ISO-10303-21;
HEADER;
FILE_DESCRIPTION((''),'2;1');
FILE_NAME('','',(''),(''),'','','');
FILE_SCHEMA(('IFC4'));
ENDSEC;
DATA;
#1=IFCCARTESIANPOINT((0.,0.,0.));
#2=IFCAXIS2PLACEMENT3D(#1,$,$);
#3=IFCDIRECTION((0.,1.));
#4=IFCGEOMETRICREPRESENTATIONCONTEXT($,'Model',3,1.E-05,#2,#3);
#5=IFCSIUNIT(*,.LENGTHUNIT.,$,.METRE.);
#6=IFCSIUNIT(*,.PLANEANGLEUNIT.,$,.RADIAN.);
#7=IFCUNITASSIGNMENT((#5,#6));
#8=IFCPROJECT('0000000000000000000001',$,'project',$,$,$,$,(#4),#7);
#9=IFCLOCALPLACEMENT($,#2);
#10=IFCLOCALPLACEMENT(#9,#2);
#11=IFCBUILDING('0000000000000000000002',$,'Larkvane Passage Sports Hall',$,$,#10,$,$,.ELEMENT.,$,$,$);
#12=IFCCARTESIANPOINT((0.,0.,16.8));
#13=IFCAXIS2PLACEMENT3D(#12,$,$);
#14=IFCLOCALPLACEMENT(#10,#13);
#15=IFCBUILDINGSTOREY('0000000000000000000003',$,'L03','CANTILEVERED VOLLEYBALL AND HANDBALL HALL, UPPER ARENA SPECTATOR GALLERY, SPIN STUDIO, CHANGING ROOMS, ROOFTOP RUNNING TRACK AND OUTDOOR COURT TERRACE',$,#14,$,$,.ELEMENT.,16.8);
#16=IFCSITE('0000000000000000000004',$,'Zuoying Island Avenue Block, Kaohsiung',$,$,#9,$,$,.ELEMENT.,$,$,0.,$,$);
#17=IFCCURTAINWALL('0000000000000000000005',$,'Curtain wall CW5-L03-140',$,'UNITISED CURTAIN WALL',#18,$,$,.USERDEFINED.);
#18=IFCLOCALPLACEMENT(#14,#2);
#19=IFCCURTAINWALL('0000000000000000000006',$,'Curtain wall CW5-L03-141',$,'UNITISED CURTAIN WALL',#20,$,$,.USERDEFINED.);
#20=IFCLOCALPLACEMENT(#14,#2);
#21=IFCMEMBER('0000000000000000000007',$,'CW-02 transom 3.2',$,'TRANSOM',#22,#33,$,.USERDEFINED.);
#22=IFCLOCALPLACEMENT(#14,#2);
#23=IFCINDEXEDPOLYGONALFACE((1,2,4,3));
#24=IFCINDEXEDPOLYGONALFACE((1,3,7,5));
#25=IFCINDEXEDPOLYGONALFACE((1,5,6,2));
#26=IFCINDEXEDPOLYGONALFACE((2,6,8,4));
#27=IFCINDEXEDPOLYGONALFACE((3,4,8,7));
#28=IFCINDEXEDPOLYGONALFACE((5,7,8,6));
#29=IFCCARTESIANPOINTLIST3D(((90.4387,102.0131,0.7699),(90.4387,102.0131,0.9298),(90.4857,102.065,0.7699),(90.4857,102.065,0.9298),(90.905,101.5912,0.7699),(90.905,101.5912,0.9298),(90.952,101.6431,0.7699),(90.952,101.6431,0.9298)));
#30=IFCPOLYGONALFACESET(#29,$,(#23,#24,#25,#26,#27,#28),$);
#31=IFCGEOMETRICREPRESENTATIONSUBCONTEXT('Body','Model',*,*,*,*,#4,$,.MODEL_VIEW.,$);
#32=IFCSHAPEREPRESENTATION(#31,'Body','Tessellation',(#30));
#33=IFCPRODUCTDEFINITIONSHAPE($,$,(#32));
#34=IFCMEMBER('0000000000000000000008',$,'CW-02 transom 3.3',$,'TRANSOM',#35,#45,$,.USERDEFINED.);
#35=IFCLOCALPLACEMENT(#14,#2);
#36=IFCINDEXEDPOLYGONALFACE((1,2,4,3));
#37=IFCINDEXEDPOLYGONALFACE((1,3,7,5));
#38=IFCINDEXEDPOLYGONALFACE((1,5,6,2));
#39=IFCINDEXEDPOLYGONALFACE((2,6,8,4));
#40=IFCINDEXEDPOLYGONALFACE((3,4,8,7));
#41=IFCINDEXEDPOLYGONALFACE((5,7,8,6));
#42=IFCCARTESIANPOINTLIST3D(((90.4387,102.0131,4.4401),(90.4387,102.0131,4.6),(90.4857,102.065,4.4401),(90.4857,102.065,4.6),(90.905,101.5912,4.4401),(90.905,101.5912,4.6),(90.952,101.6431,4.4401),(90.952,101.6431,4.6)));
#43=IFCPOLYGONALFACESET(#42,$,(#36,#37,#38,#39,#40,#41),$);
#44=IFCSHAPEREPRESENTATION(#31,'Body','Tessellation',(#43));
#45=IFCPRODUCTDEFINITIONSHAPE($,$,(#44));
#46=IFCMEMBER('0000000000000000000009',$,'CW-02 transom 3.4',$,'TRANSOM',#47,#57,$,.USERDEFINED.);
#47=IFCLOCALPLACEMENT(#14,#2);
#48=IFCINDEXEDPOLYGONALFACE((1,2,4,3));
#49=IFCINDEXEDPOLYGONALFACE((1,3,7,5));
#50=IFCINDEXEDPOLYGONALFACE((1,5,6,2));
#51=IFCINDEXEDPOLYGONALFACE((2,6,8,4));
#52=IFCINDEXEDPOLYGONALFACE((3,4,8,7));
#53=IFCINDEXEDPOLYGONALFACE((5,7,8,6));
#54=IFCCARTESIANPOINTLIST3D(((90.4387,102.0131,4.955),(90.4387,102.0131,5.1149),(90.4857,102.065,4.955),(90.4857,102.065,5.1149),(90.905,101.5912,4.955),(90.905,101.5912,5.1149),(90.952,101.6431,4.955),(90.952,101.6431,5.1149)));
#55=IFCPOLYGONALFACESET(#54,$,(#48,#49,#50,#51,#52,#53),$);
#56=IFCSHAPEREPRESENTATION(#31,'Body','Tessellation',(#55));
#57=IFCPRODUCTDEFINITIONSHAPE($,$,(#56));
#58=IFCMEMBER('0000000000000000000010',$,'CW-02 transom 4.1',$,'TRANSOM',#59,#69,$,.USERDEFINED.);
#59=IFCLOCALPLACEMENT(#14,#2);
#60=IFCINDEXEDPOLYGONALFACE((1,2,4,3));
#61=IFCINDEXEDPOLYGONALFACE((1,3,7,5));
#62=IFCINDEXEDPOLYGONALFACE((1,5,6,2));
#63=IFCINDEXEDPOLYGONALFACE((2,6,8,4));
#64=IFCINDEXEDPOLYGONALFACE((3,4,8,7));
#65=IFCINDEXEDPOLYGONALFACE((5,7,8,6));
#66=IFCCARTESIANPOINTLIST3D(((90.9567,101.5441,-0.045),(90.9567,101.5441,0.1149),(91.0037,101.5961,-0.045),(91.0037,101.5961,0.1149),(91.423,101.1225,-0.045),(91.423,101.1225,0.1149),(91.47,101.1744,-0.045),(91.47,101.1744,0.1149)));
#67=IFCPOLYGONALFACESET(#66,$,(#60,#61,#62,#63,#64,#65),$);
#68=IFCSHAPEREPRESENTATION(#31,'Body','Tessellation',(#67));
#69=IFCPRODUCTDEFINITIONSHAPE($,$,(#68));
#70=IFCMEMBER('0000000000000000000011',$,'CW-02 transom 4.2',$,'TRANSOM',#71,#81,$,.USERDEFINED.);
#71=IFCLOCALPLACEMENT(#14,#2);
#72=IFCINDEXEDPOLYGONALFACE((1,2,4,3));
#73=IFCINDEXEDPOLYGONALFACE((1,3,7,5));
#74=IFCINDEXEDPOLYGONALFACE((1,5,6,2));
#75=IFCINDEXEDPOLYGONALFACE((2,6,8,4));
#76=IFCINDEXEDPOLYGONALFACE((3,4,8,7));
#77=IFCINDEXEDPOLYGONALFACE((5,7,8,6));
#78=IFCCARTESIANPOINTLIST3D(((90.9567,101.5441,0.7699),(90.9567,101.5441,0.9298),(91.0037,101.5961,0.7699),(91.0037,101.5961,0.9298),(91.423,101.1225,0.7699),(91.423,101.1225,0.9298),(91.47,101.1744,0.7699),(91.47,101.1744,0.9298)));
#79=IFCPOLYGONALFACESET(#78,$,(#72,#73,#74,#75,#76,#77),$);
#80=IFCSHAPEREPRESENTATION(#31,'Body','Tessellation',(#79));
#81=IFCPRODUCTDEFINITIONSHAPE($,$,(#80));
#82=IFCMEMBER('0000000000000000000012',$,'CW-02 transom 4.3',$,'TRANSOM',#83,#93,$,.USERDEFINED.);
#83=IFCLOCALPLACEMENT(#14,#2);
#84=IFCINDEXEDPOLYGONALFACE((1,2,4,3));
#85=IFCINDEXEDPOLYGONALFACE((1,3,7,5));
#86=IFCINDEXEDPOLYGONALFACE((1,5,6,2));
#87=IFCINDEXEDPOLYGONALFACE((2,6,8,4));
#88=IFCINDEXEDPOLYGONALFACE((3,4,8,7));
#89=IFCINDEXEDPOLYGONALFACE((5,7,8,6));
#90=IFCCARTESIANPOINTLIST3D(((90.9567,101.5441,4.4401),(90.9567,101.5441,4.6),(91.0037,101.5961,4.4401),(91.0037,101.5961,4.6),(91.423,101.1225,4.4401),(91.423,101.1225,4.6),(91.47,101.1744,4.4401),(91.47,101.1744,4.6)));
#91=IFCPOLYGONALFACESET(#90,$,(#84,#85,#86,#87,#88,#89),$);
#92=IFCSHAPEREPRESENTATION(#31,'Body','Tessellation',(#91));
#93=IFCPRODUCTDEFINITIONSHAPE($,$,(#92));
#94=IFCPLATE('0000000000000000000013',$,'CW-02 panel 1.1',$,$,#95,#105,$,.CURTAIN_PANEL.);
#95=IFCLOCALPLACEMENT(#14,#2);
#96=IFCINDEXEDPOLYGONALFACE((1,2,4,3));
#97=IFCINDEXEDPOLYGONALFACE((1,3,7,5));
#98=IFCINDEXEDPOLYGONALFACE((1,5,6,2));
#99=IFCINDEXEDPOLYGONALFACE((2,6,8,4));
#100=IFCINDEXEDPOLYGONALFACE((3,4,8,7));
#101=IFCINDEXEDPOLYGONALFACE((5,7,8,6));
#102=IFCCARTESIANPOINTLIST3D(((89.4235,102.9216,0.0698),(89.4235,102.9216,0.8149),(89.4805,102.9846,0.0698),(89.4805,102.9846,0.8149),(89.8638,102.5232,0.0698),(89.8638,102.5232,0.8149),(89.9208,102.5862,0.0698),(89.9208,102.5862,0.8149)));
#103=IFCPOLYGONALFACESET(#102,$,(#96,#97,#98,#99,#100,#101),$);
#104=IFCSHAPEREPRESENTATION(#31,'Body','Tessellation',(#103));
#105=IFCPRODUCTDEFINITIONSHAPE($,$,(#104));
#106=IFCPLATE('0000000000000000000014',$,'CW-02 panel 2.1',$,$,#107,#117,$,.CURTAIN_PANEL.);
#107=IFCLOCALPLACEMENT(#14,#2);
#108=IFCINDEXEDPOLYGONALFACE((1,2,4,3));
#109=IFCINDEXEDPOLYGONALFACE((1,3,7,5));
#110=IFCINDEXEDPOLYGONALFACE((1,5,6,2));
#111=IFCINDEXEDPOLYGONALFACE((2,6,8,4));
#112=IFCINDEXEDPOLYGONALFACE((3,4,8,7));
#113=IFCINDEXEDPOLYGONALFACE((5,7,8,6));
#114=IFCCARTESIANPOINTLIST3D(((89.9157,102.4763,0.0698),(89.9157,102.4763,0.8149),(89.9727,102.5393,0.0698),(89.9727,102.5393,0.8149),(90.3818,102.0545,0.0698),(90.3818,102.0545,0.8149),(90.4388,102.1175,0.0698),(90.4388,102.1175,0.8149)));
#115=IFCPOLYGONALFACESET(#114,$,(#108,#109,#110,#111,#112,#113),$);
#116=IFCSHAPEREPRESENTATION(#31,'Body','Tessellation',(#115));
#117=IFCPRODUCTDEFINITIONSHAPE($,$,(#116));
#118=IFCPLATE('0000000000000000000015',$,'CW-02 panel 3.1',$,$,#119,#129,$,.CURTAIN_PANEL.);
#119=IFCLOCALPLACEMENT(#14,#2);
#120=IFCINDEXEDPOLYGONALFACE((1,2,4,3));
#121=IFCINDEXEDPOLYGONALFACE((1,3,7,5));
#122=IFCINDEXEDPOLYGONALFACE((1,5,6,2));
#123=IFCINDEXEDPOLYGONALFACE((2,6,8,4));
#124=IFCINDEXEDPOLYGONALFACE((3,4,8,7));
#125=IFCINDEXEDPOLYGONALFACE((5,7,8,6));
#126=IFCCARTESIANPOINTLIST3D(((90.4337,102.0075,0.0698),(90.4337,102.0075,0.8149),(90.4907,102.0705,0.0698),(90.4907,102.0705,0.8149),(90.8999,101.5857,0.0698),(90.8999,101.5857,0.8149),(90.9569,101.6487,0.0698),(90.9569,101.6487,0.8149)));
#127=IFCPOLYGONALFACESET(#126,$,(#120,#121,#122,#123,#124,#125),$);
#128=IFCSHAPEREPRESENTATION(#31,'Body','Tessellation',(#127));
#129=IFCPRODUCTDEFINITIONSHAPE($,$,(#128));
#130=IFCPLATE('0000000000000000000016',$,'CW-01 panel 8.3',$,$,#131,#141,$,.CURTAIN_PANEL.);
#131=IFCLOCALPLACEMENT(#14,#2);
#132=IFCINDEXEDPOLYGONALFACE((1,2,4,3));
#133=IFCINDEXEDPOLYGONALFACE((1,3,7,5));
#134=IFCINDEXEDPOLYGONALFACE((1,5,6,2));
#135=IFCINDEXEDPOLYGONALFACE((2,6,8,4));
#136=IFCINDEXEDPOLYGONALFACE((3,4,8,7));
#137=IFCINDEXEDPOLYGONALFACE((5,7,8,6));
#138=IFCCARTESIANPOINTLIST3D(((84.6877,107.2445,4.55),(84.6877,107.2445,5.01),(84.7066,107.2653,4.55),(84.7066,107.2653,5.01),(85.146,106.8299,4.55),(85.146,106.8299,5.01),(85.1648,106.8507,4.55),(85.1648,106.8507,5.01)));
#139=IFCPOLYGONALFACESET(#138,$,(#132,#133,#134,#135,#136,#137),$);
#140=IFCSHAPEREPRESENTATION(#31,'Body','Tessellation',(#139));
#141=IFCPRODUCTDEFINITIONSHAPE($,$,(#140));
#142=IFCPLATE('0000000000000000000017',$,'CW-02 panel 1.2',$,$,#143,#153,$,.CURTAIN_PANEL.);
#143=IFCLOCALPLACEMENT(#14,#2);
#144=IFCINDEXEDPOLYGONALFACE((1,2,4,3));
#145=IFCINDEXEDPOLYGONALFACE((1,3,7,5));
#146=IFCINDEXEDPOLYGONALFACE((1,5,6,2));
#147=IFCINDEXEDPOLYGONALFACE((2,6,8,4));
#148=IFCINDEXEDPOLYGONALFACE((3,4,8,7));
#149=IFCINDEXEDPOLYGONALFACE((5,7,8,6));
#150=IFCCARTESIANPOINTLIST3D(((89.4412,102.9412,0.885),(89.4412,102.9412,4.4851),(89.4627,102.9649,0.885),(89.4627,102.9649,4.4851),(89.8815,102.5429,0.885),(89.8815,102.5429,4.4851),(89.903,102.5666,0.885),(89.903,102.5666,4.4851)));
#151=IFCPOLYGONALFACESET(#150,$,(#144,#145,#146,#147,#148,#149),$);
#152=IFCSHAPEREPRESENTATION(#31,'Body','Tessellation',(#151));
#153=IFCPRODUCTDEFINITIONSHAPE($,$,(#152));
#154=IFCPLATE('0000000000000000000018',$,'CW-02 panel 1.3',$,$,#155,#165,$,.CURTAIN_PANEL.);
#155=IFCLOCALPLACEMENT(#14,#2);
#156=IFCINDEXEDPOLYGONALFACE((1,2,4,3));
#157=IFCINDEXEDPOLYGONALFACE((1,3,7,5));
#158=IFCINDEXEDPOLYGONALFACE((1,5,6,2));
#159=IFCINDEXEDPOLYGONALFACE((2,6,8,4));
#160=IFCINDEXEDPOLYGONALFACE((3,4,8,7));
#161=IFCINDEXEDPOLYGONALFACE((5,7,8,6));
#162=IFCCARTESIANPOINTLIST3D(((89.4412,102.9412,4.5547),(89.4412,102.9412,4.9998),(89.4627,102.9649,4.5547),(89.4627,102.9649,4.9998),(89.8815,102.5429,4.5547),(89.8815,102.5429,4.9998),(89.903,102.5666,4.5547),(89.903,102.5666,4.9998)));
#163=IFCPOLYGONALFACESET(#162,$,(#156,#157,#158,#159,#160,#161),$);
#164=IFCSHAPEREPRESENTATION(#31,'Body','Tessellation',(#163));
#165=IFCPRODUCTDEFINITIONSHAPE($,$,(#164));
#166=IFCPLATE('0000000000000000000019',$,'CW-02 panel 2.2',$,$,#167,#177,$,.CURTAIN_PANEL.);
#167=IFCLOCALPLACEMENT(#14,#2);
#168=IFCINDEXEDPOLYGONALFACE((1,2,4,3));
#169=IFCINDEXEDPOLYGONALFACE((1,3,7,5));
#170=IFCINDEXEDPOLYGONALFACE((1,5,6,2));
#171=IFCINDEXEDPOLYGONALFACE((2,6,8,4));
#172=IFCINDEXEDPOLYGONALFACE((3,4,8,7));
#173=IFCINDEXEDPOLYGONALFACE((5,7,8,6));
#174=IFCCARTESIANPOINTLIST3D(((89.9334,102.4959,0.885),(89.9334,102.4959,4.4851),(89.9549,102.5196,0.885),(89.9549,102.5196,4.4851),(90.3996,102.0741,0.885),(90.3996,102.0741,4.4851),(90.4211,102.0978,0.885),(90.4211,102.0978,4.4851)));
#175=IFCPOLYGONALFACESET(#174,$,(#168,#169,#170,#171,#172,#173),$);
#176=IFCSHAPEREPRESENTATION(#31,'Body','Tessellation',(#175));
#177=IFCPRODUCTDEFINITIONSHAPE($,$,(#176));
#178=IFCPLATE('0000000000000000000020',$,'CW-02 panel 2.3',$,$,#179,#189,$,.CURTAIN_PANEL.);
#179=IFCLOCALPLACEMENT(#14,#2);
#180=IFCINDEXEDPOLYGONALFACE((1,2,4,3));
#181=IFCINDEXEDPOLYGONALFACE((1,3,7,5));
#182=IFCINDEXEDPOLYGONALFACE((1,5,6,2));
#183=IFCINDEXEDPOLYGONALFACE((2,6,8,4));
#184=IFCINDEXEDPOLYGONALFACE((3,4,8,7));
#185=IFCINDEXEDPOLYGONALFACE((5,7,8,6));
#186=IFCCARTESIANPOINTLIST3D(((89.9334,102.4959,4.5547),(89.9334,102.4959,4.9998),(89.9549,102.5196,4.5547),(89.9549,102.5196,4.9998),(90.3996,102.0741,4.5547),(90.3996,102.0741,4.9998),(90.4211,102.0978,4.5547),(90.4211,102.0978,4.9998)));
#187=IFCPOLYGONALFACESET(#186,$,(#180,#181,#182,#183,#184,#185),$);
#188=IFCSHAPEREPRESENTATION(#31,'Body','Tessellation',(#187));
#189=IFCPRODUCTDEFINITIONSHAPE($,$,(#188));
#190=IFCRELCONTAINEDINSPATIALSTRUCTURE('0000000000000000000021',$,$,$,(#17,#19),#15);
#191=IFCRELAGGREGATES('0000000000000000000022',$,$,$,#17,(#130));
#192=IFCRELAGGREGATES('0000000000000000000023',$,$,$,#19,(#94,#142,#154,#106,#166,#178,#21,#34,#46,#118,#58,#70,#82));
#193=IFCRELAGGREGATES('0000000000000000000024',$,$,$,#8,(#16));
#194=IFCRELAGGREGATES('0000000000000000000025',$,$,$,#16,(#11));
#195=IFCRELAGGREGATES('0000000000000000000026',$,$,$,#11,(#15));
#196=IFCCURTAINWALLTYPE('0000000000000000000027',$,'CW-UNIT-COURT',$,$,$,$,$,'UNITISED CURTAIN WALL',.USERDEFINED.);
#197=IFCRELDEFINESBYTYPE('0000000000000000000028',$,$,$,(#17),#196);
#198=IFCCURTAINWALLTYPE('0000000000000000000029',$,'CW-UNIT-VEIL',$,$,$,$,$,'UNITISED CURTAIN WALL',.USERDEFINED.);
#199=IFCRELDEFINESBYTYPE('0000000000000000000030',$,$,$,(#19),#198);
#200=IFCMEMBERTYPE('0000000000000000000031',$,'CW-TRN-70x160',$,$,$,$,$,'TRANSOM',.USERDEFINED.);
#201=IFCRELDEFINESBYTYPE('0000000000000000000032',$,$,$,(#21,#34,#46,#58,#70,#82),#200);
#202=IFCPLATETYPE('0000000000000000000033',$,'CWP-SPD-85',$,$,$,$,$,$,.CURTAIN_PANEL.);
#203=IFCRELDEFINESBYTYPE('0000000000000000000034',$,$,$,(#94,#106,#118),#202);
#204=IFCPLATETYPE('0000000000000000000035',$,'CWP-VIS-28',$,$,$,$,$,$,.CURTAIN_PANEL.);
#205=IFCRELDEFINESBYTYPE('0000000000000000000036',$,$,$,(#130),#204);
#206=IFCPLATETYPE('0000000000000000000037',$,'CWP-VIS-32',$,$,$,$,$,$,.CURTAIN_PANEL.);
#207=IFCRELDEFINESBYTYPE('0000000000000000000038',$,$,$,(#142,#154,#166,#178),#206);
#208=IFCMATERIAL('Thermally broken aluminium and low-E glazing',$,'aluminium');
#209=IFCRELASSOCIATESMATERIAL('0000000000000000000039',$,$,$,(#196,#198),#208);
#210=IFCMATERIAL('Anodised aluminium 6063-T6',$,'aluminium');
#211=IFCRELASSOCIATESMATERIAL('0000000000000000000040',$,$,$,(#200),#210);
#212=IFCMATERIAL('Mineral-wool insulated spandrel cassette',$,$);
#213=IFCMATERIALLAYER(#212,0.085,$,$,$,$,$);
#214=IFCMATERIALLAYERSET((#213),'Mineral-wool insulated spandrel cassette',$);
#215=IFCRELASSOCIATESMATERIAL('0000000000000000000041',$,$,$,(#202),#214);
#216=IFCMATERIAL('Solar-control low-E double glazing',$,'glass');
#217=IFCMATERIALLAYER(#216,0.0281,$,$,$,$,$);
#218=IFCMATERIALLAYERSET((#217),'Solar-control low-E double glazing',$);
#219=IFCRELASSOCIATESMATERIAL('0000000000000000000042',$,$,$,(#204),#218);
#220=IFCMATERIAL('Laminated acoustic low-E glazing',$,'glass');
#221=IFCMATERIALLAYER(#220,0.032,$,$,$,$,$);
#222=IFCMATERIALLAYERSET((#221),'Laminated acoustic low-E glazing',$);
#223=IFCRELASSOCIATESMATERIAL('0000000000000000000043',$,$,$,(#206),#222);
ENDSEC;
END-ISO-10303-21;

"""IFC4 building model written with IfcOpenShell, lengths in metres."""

from ifc_helpers import new_model, si_unit, direction, frame, origin, origin_2d, place, context, subcontext, project, spatial, rectangle, extrude, material, layer, layer_set, material_profile, profile_set, type_object, element, aggregate, save


model = new_model("IFC4")

# Units and contexts
model_context = context("Model", 3, precision=1e-05, world=origin(), true_north=direction((0.0, 1.0)))
body_context = subcontext(model_context, "Body", "Model", "MODEL_VIEW")
ifc_project = project(units=[si_unit("LENGTHUNIT", "METRE"), si_unit("PLANEANGLEUNIT", "RADIAN")], contexts=[model_context])

# Site, building, storey
site_placement = place(None, origin())
site = spatial("IfcSite", under=ifc_project, at=site_placement, Name="Zuoying Island Avenue Block, Kaohsiung", CompositionType="ELEMENT", RefElevation=0.0)
building_placement = place(site_placement, origin())
building = spatial("IfcBuilding", under=site, at=building_placement, Name="Larkvane Passage Sports Hall", CompositionType="ELEMENT")
storey_placement = place(building_placement, frame((0.0, 0.0, 16.8)))
storey = spatial("IfcBuildingStorey", under=building, at=storey_placement, Name="L03", Description="CANTILEVERED VOLLEYBALL AND HANDBALL HALL, UPPER ARENA SPECTATOR GALLERY, SPIN STUDIO, CHANGING ROOMS, ROOFTOP RUNNING TRACK AND OUTDOOR COURT TERRACE", CompositionType="ELEMENT", Elevation=16.8)

# Curtain wall
ifc_material_1 = material(Name="Thermally broken aluminium and low-E glazing", Category="aluminium")
curtain_wall_type_1 = type_object("IfcCurtainWallType", Name="CW-UNIT-COURT", ElementType="UNITISED CURTAIN WALL", PredefinedType="USERDEFINED", material=ifc_material_1)
curtain_wall_1_placement = place(storey_placement, origin())
curtain_wall_1 = element("IfcCurtainWall", 1, at=curtain_wall_1_placement, inside=storey, type_object=curtain_wall_type_1, Name="Curtain wall CW5-L03-140", ObjectType="UNITISED CURTAIN WALL", PredefinedType="USERDEFINED")
ifc_material_2 = material(Name="Anodised aluminium 6063-T6", Category="aluminium")

# Curtain wall, members, plates
curtain_wall_type_2 = type_object("IfcCurtainWallType", Name="CW-UNIT-VEIL", ElementType="UNITISED CURTAIN WALL", PredefinedType="USERDEFINED", material=ifc_material_1)
curtain_wall_2_placement = place(storey_placement, origin())
curtain_wall_2 = element("IfcCurtainWall", 2, at=curtain_wall_2_placement, inside=storey, type_object=curtain_wall_type_2, Name="Curtain wall CW5-L03-141", ObjectType="UNITISED CURTAIN WALL", PredefinedType="USERDEFINED")
ifc_material_profile_1 = material_profile(ifc_material_2, rectangle(XDim=0.0701, YDim=0.1599, at=origin_2d()), Name="ALU-TRN-70x160")
ifc_profile_set_1 = profile_set([ifc_material_profile_1], Name="Anodised aluminium 6063-T6")
member_type_1 = type_object("IfcMemberType", Name="CW-TRN-70x160", ElementType="TRANSOM", PredefinedType="USERDEFINED", material=ifc_profile_set_1)
member_1_placement = place(storey_placement, frame((90.4622, 102.0391, 0.8499), z_axis=(0.741554, -0.670893, 0.0), x_axis=(0.670893, 0.741554, 0.0)))
member_1 = element("IfcMember", 3, at=member_1_placement, type_object=member_type_1, Name="CW-02 transom 3.2", ObjectType="TRANSOM", PredefinedType="USERDEFINED", context=body_context, shape_type="SweptSolid", body=[
    extrude(rectangle(XDim=0.0701, YDim=0.1599, at=origin_2d()), origin(), (0.0, 0.0, 1.0), 0.6289),
])
member_2_placement = place(storey_placement, frame((90.4622, 102.0391, 4.52), z_axis=(0.741554, -0.670893, 0.0), x_axis=(0.670893, 0.741554, 0.0)))
member_2 = element("IfcMember", 4, at=member_2_placement, type_object=member_type_1, Name="CW-02 transom 3.3", ObjectType="TRANSOM", PredefinedType="USERDEFINED", context=body_context, shape_type="SweptSolid", body=[
    extrude(rectangle(XDim=0.0701, YDim=0.1599, at=origin_2d()), origin(), (0.0, 0.0, 1.0), 0.6289),
])
member_3_placement = place(storey_placement, frame((90.4622, 102.0391, 5.0349), z_axis=(0.741554, -0.670893, 0.0), x_axis=(0.670893, 0.741554, 0.0)))
member_3 = element("IfcMember", 5, at=member_3_placement, type_object=member_type_1, Name="CW-02 transom 3.4", ObjectType="TRANSOM", PredefinedType="USERDEFINED", context=body_context, shape_type="SweptSolid", body=[
    extrude(rectangle(XDim=0.0701, YDim=0.1599, at=origin_2d()), origin(), (0.0, 0.0, 1.0), 0.6289),
])
member_4_placement = place(storey_placement, frame((90.9802, 101.5701, 0.0349), z_axis=(0.741747, -0.670679, 0.0), x_axis=(0.670679, 0.741747, 0.0)))
member_4 = element("IfcMember", 6, at=member_4_placement, type_object=member_type_1, Name="CW-02 transom 4.1", ObjectType="TRANSOM", PredefinedType="USERDEFINED", context=body_context, shape_type="SweptSolid", body=[
    extrude(rectangle(XDim=0.0701, YDim=0.1599, at=origin_2d()), origin(), (0.0, 0.0, 1.0), 0.6287),
])
member_5_placement = place(storey_placement, frame((90.9802, 101.5701, 0.8499), z_axis=(0.741747, -0.670679, 0.0), x_axis=(0.670679, 0.741747, 0.0)))
member_5 = element("IfcMember", 7, at=member_5_placement, type_object=member_type_1, Name="CW-02 transom 4.2", ObjectType="TRANSOM", PredefinedType="USERDEFINED", context=body_context, shape_type="SweptSolid", body=[
    extrude(rectangle(XDim=0.0701, YDim=0.1599, at=origin_2d()), origin(), (0.0, 0.0, 1.0), 0.6287),
])
member_6_placement = place(storey_placement, frame((90.9802, 101.5701, 4.52), z_axis=(0.741747, -0.670679, 0.0), x_axis=(0.670679, 0.741747, 0.0)))
member_6 = element("IfcMember", 8, at=member_6_placement, type_object=member_type_1, Name="CW-02 transom 4.3", ObjectType="TRANSOM", PredefinedType="USERDEFINED", context=body_context, shape_type="SweptSolid", body=[
    extrude(rectangle(XDim=0.0701, YDim=0.1599, at=origin_2d()), origin(), (0.0, 0.0, 1.0), 0.6287),
])
ifc_material_3 = material(Name="Mineral-wool insulated spandrel cassette")
ifc_layer_1 = layer(ifc_material_3, 0.085)
ifc_layer_set_1 = layer_set([ifc_layer_1], Name="Mineral-wool insulated spandrel cassette")
plate_type_1 = type_object("IfcPlateType", Name="CWP-SPD-85", PredefinedType="CURTAIN_PANEL", material=ifc_layer_set_1)
plate_1_placement = place(storey_placement, frame((89.6721, 102.7539, 0.0698), z_axis=(0.0, 0.0, 1.0), x_axis=(0.741534, -0.670915, 0.0)))
plate_1 = element("IfcPlate", 9, at=plate_1_placement, type_object=plate_type_1, Name="CW-02 panel 1.1", PredefinedType="CURTAIN_PANEL", context=body_context, shape_type="SweptSolid", body=[
    extrude(rectangle(XDim=0.5938, YDim=0.085, at=origin_2d()), origin(), (0.0, 0.0, 1.0), 0.7451),
])
plate_2_placement = place(storey_placement, frame((90.1772, 102.2969, 0.0698), z_axis=(0.0, 0.0, 1.0), x_axis=(0.741534, -0.670915, 0.0)))
plate_2 = element("IfcPlate", 10, at=plate_2_placement, type_object=plate_type_1, Name="CW-02 panel 2.1", PredefinedType="CURTAIN_PANEL", context=body_context, shape_type="SweptSolid", body=[
    extrude(rectangle(XDim=0.6287, YDim=0.085, at=origin_2d()), origin(), (0.0, 0.0, 1.0), 0.7451),
])
plate_3_placement = place(storey_placement, frame((90.6953, 101.8281, 0.0698), z_axis=(0.0, 0.0, 1.0), x_axis=(0.741534, -0.670915, 0.0)))
plate_3 = element("IfcPlate", 11, at=plate_3_placement, type_object=plate_type_1, Name="CW-02 panel 3.1", PredefinedType="CURTAIN_PANEL", context=body_context, shape_type="SweptSolid", body=[
    extrude(rectangle(XDim=0.6287, YDim=0.085, at=origin_2d()), origin(), (0.0, 0.0, 1.0), 0.7451),
])

# Plates
ifc_material_4 = material(Name="Solar-control low-E double glazing", Category="glass")
ifc_layer_2 = layer(ifc_material_4, 0.0281)
ifc_layer_set_2 = layer_set([ifc_layer_2], Name="Solar-control low-E double glazing")
plate_type_2 = type_object("IfcPlateType", Name="CWP-VIS-28", PredefinedType="CURTAIN_PANEL", material=ifc_layer_set_2)
plate_4_placement = place(storey_placement, frame((84.9263, 107.0476, 4.55), z_axis=(0.0, 0.0, 1.0), x_axis=(0.741536, -0.670913, 0.0)))
plate_4 = element("IfcPlate", 12, at=plate_4_placement, type_object=plate_type_2, Name="CW-01 panel 8.3", PredefinedType="CURTAIN_PANEL", context=body_context, shape_type="SweptSolid", body=[
    extrude(rectangle(XDim=0.6179, YDim=0.0281, at=origin_2d()), origin(), (0.0, 0.0, 1.0), 0.46),
])
aggregate(curtain_wall_1, [plate_4])
ifc_material_5 = material(Name="Laminated acoustic low-E glazing", Category="glass")
ifc_layer_3 = layer(ifc_material_5, 0.032)
ifc_layer_set_3 = layer_set([ifc_layer_3], Name="Laminated acoustic low-E glazing")
plate_type_3 = type_object("IfcPlateType", Name="CWP-VIS-32", PredefinedType="CURTAIN_PANEL", material=ifc_layer_set_3)
plate_5_placement = place(storey_placement, frame((89.6721, 102.7539, 0.885), z_axis=(0.0, 0.0, 1.0), x_axis=(0.741534, -0.670915, 0.0)))
plate_5 = element("IfcPlate", 13, at=plate_5_placement, type_object=plate_type_3, Name="CW-02 panel 1.2", PredefinedType="CURTAIN_PANEL", context=body_context, shape_type="SweptSolid", body=[
    extrude(rectangle(XDim=0.5938, YDim=0.032, at=origin_2d()), origin(), (0.0, 0.0, 1.0), 3.6001),
])
plate_6_placement = place(storey_placement, frame((89.6721, 102.7539, 4.5547), z_axis=(0.0, 0.0, 1.0), x_axis=(0.741534, -0.670915, 0.0)))
plate_6 = element("IfcPlate", 14, at=plate_6_placement, type_object=plate_type_3, Name="CW-02 panel 1.3", PredefinedType="CURTAIN_PANEL", context=body_context, shape_type="SweptSolid", body=[
    extrude(rectangle(XDim=0.5938, YDim=0.032, at=origin_2d()), origin(), (0.0, 0.0, 1.0), 0.4451),
])
plate_7_placement = place(storey_placement, frame((90.1772, 102.2969, 0.885), z_axis=(0.0, 0.0, 1.0), x_axis=(0.741534, -0.670915, 0.0)))
plate_7 = element("IfcPlate", 15, at=plate_7_placement, type_object=plate_type_3, Name="CW-02 panel 2.2", PredefinedType="CURTAIN_PANEL", context=body_context, shape_type="SweptSolid", body=[
    extrude(rectangle(XDim=0.6287, YDim=0.032, at=origin_2d()), origin(), (0.0, 0.0, 1.0), 3.6001),
])
plate_8_placement = place(storey_placement, frame((90.1772, 102.2969, 4.5547), z_axis=(0.0, 0.0, 1.0), x_axis=(0.741534, -0.670915, 0.0)))
plate_8 = element("IfcPlate", 16, at=plate_8_placement, type_object=plate_type_3, Name="CW-02 panel 2.3", PredefinedType="CURTAIN_PANEL", context=body_context, shape_type="SweptSolid", body=[
    extrude(rectangle(XDim=0.6287, YDim=0.032, at=origin_2d()), origin(), (0.0, 0.0, 1.0), 0.4451),
])
aggregate(curtain_wall_2, [plate_1, plate_5, plate_6, plate_2, plate_7, plate_8, member_1, member_2, member_3, plate_3, member_4, member_5, member_6])

save(model, "model.ifc")
